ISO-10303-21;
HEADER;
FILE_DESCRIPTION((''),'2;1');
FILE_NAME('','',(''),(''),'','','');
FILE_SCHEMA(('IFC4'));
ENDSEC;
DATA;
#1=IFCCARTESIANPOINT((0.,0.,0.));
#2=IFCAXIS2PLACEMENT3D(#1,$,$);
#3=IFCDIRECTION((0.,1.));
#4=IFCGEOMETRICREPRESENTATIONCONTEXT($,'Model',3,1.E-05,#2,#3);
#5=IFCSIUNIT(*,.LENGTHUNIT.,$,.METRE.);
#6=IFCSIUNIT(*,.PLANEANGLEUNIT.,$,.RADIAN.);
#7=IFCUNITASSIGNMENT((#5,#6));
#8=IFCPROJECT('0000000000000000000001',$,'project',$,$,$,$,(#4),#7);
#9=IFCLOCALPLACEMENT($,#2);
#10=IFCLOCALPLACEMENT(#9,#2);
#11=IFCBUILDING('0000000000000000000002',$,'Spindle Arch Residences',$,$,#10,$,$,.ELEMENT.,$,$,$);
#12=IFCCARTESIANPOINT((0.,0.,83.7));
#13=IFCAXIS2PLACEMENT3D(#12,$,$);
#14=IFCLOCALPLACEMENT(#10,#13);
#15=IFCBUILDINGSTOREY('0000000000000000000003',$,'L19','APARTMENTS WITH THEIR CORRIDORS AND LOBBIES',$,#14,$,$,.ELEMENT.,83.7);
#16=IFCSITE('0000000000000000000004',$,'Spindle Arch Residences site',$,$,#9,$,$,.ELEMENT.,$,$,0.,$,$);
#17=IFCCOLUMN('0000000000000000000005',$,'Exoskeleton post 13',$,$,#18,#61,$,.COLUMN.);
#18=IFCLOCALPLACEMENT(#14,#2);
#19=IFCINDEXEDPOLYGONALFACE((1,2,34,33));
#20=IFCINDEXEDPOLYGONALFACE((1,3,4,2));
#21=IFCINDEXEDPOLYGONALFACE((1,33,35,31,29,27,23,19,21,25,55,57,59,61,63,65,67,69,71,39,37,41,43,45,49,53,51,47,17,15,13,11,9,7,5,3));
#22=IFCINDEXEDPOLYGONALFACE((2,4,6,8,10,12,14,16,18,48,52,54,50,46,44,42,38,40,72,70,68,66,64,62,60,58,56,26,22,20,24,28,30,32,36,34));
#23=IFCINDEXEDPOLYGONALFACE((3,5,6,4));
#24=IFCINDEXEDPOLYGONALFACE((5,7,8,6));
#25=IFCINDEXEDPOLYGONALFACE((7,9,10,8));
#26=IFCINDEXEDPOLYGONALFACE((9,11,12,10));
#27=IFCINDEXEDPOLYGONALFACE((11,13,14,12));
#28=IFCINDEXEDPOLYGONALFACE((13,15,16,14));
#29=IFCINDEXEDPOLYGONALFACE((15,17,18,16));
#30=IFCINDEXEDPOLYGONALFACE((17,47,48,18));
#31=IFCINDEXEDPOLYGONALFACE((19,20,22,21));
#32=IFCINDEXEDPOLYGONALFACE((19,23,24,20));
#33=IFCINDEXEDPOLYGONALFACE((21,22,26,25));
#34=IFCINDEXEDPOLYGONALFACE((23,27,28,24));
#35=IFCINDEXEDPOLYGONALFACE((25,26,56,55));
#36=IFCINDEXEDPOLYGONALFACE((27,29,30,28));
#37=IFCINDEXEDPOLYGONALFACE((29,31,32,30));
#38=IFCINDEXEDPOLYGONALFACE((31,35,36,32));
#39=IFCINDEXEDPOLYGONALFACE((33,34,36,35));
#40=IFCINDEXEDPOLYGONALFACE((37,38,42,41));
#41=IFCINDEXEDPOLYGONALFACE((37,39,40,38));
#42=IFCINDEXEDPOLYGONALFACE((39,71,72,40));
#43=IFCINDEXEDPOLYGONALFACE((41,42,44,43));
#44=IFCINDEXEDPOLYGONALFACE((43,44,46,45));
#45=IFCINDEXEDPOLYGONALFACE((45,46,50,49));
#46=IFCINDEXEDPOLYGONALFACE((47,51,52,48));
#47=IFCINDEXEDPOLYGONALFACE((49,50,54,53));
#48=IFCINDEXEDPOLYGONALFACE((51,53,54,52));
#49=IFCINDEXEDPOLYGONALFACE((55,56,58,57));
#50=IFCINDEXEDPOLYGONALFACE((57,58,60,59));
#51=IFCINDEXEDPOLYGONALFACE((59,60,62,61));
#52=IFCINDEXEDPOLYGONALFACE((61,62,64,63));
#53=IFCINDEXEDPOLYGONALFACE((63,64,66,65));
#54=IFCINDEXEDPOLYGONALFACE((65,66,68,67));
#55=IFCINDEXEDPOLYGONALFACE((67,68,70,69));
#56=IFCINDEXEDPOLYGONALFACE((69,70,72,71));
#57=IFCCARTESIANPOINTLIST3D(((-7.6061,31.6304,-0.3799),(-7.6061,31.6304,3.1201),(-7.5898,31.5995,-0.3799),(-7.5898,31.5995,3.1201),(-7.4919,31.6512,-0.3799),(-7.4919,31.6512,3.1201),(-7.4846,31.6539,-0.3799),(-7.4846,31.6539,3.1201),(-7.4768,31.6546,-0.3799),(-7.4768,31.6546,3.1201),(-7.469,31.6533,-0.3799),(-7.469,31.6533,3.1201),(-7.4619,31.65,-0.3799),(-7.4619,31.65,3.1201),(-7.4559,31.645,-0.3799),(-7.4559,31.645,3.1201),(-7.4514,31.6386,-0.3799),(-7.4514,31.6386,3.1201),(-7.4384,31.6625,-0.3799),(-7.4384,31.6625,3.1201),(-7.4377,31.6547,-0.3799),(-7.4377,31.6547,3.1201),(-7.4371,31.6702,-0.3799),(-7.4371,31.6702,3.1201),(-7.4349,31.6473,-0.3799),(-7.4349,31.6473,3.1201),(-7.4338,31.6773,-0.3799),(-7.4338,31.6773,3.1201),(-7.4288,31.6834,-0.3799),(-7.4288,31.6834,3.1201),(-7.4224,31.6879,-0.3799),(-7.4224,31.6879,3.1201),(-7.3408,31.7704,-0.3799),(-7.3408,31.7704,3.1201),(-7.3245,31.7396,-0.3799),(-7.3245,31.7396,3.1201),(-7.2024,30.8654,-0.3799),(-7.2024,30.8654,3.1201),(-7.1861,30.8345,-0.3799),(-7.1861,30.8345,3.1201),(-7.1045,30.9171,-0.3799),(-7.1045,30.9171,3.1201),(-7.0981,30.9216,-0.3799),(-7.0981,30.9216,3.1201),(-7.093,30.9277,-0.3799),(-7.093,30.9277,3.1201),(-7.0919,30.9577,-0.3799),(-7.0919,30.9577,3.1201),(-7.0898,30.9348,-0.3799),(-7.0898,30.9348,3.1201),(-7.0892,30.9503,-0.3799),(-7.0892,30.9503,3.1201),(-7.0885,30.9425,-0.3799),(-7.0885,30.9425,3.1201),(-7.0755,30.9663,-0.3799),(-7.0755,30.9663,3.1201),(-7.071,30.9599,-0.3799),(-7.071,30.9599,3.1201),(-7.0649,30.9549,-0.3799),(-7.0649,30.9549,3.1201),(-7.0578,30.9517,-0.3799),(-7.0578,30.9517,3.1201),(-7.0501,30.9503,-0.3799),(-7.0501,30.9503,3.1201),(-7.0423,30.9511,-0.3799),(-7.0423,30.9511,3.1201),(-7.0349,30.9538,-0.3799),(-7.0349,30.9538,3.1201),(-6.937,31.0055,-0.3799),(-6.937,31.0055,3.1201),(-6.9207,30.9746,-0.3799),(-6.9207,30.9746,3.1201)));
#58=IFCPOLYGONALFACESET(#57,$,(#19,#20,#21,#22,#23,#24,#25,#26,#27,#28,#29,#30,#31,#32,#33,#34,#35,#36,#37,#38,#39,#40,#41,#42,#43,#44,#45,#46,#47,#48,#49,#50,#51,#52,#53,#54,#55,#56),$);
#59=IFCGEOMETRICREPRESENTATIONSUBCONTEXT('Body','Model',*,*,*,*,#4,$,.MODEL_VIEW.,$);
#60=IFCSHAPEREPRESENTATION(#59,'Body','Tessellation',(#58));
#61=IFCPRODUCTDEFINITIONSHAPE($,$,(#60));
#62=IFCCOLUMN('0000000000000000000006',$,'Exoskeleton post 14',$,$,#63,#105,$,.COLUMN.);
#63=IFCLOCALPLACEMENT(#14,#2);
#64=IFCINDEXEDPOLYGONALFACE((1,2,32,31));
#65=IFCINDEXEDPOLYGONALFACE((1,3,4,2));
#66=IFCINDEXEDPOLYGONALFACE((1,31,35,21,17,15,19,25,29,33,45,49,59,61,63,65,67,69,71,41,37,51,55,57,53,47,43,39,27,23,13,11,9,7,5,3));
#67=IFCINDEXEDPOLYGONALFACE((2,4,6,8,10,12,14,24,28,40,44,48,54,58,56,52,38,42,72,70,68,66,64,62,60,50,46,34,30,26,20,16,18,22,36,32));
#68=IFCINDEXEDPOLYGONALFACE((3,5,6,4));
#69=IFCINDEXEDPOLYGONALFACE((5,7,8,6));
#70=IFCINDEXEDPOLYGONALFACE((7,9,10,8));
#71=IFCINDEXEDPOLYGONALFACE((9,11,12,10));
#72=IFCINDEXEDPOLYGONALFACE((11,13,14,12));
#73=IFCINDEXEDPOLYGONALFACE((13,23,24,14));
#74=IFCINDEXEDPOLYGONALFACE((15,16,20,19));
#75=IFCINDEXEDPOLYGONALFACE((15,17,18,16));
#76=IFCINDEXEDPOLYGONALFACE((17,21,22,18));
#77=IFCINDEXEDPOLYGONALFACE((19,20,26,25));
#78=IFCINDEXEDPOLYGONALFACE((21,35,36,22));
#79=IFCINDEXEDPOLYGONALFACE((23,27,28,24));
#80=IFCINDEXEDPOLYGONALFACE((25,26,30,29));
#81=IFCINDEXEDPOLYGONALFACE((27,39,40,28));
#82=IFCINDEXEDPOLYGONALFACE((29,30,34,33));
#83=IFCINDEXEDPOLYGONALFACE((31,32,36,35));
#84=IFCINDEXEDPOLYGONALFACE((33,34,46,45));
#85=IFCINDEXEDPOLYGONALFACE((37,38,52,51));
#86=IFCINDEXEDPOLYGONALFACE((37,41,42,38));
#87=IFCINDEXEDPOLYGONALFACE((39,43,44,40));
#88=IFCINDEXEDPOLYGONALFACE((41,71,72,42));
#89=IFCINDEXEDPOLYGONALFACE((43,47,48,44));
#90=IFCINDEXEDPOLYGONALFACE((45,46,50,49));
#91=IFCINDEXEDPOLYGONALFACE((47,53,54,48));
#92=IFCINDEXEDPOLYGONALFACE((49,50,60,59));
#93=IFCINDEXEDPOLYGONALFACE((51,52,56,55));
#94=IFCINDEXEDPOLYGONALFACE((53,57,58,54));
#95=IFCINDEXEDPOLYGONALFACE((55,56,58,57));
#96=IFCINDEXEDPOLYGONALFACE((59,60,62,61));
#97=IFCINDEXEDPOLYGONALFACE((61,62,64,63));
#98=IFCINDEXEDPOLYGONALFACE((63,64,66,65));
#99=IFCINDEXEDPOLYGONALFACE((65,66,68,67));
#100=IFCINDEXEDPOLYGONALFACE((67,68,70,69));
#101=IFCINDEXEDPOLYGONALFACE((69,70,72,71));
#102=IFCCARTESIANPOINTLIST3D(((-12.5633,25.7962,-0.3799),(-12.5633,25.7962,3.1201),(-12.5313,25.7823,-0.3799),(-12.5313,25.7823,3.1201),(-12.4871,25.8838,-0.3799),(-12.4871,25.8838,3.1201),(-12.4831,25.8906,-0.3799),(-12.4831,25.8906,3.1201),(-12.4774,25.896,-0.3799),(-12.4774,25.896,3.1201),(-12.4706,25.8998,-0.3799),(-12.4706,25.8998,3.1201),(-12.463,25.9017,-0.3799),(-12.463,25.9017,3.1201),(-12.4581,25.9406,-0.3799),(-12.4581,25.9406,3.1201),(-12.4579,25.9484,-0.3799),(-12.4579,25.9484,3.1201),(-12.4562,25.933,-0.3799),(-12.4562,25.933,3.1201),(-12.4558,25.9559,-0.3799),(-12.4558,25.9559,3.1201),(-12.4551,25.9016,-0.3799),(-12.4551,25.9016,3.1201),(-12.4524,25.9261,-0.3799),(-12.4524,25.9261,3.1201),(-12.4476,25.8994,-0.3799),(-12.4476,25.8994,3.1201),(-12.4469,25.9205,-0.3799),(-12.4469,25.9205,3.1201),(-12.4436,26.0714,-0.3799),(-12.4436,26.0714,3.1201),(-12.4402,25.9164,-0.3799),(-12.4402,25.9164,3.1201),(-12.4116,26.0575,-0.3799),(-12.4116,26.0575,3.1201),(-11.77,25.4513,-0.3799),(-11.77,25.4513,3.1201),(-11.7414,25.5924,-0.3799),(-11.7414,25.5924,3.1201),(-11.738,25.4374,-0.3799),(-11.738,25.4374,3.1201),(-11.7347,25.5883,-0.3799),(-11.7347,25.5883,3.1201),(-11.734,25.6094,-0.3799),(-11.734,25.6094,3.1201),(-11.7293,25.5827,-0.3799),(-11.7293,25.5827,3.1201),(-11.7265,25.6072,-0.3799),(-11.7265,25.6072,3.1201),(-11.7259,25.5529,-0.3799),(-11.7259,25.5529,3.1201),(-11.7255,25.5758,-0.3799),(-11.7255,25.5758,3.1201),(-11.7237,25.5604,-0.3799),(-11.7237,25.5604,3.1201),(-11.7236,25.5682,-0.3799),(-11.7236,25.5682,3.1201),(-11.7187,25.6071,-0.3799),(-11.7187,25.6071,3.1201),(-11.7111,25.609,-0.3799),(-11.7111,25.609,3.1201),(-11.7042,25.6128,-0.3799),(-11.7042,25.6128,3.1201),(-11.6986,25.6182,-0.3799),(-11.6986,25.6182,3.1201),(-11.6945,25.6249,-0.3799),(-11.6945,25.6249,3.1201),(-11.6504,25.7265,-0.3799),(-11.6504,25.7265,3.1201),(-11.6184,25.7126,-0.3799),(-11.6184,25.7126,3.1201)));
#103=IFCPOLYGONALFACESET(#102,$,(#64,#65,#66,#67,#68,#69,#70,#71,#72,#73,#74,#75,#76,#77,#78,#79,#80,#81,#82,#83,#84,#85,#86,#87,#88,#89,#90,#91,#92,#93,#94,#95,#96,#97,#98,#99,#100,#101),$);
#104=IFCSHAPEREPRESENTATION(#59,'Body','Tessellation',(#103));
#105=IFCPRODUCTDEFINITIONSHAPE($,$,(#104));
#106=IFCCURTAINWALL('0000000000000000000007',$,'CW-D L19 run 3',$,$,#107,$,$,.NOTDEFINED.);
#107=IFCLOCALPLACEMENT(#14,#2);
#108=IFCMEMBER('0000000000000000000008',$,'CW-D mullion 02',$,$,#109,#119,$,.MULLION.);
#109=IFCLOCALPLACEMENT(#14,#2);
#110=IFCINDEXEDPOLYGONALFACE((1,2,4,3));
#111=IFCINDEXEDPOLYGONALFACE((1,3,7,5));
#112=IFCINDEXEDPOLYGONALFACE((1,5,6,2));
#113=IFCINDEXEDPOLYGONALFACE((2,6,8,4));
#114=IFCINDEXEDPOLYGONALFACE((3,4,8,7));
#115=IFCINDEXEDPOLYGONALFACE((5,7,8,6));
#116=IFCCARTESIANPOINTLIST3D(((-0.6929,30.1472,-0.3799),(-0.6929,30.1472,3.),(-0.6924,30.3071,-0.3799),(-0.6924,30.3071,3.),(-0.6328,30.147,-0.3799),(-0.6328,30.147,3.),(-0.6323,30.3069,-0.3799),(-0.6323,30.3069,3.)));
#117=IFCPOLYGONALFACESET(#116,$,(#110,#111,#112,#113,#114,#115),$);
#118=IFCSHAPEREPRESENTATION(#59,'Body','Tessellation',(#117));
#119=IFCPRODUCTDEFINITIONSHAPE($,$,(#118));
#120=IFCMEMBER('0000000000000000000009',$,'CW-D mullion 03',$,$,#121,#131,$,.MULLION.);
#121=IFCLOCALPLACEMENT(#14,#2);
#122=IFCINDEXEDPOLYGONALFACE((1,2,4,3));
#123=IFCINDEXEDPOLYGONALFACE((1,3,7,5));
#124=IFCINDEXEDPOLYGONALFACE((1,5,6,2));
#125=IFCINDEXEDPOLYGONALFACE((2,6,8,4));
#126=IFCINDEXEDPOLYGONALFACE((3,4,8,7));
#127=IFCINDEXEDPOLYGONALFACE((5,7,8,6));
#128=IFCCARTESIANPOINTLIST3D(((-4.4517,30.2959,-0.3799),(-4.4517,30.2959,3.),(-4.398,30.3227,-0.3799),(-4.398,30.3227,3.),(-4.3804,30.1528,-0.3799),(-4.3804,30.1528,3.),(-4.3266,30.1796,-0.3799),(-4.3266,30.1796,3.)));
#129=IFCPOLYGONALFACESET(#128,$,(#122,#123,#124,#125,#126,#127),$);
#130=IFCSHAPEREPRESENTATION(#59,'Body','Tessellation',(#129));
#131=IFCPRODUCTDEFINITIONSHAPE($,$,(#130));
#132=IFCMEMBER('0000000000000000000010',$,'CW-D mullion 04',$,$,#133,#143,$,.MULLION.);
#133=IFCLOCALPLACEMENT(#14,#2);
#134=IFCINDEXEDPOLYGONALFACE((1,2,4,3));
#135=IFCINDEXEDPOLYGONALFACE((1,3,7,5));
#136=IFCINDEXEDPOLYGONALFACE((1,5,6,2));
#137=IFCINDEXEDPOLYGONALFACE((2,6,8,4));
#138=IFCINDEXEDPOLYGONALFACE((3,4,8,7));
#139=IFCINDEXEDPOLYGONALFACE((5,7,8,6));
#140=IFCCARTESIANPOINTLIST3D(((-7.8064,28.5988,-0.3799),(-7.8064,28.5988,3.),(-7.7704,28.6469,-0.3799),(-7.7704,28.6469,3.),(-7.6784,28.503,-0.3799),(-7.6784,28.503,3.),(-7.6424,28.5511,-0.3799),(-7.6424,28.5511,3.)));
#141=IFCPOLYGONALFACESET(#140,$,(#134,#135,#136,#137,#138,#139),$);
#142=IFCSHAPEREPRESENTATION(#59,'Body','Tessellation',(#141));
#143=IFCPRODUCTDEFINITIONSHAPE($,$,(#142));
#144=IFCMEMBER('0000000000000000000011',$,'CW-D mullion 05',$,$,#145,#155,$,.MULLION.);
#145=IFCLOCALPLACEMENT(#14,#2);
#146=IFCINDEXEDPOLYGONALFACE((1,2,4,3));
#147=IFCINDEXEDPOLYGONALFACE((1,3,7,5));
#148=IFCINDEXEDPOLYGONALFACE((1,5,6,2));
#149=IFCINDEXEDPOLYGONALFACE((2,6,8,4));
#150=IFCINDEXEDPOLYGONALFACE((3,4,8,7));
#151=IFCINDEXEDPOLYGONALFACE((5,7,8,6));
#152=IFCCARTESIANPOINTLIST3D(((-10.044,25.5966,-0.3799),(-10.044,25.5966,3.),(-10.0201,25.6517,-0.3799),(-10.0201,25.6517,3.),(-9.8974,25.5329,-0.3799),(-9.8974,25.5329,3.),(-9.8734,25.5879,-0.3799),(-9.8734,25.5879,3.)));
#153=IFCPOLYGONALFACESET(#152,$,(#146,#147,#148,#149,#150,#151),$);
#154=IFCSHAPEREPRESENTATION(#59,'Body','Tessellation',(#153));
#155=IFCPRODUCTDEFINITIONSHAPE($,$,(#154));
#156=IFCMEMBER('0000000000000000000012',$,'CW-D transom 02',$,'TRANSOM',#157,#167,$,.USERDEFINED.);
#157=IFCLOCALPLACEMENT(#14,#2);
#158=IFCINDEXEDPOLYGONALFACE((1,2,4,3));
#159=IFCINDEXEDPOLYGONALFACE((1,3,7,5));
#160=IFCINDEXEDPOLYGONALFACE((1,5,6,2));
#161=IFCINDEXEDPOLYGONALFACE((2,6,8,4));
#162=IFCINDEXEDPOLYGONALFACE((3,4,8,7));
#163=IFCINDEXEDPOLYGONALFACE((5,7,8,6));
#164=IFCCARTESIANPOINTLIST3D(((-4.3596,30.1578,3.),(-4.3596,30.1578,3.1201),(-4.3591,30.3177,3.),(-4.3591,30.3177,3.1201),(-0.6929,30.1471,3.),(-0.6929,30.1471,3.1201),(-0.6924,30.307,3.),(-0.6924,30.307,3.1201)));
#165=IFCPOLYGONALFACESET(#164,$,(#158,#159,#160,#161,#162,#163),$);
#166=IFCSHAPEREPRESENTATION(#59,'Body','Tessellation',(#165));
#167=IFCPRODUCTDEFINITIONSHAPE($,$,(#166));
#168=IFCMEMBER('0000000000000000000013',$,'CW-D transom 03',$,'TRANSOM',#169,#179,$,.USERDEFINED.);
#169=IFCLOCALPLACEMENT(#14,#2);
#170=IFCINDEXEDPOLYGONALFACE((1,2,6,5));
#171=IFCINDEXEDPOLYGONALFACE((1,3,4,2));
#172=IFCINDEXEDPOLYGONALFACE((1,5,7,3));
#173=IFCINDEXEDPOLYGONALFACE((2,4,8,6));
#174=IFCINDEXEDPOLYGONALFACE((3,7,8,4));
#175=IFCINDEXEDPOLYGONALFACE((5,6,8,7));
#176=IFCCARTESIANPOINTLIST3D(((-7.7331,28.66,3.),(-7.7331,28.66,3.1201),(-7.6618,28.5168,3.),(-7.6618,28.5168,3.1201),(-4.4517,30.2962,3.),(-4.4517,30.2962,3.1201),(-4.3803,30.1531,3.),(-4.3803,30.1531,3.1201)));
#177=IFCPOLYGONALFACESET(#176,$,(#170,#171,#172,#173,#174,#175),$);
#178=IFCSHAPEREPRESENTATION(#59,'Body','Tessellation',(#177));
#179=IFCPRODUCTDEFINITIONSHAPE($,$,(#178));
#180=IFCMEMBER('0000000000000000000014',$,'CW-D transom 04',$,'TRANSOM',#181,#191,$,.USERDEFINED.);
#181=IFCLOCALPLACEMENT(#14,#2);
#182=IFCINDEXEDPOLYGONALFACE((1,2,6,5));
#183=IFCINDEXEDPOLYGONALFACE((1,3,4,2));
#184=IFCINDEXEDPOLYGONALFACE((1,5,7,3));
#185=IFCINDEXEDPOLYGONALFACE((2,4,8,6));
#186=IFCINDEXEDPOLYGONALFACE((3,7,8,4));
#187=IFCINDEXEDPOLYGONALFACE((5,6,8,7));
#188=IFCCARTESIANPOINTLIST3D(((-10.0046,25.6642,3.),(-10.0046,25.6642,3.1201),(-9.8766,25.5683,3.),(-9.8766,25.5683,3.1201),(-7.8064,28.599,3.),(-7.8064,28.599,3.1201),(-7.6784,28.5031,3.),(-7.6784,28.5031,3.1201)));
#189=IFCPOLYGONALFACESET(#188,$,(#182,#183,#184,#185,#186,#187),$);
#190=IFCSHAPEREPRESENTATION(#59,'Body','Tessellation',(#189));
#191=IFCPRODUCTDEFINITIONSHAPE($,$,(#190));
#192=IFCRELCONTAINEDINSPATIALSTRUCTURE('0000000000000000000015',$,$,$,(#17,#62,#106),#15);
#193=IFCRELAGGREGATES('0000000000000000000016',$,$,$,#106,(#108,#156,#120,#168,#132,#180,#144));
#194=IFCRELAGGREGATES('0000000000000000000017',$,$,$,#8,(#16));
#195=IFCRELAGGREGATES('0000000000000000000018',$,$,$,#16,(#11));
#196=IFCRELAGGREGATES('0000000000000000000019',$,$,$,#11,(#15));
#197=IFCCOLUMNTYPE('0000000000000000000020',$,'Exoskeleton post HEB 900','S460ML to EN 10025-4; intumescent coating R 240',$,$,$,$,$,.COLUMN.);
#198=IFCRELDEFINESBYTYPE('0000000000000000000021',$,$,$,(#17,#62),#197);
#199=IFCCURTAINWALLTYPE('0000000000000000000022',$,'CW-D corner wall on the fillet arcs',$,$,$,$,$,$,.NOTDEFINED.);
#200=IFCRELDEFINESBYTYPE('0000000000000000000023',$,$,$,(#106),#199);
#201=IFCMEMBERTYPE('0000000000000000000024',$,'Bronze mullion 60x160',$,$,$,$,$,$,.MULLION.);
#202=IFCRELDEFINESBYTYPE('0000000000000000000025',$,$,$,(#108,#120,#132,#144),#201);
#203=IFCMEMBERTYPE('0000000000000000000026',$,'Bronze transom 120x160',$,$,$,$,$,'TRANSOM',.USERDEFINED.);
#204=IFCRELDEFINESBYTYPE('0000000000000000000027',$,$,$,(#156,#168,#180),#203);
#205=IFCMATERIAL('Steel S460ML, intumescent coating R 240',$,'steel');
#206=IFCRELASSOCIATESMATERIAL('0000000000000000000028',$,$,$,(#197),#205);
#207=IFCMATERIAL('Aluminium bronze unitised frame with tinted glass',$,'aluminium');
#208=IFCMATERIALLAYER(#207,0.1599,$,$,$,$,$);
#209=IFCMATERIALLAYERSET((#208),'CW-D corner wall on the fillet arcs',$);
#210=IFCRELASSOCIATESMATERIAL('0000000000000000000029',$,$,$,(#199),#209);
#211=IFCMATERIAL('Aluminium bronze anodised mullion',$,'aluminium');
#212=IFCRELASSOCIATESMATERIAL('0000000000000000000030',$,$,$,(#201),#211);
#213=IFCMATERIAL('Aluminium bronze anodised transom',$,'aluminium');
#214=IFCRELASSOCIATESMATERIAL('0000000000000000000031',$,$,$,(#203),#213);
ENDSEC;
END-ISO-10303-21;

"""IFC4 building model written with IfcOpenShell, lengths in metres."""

from ifc_helpers import new_model, si_unit, direction, frame, origin, origin_2d, place, context, subcontext, project, spatial, rectangle, i_section, extrude, material, layer, layer_set, material_profile, profile_set, type_object, element, aggregate, save


model = new_model("IFC4")

# Units and contexts
model_context = context("Model", 3, precision=1e-05, world=origin(), true_north=direction((0.0, 1.0)))
body_context = subcontext(model_context, "Body", "Model", "MODEL_VIEW")
ifc_project = project(units=[si_unit("LENGTHUNIT", "METRE"), si_unit("PLANEANGLEUNIT", "RADIAN")], contexts=[model_context])

# Site, building, storey
site_placement = place(None, origin())
site = spatial("IfcSite", under=ifc_project, at=site_placement, Name="Spindle Arch Residences site", CompositionType="ELEMENT", RefElevation=0.0)
building_placement = place(site_placement, origin())
building = spatial("IfcBuilding", under=site, at=building_placement, Name="Spindle Arch Residences", CompositionType="ELEMENT")
storey_placement = place(building_placement, frame((0.0, 0.0, 83.7)))
storey = spatial("IfcBuildingStorey", under=building, at=storey_placement, Name="L19", Description="APARTMENTS WITH THEIR CORRIDORS AND LOBBIES", CompositionType="ELEMENT", Elevation=83.7)

# Columns
ifc_material_1 = material(Name="Steel S460ML, intumescent coating R 240", Category="steel")
ifc_material_profile_1 = material_profile(ifc_material_1, i_section(OverallWidth=0.3, OverallDepth=0.8999, WebThickness=0.0186, FlangeThickness=0.0349, FilletRadius=0.03, at=origin_2d()), Name="HEB 900")
ifc_profile_set_1 = profile_set([ifc_material_profile_1], Name="Steel S460ML, intumescent coating R 240")
column_type = type_object("IfcColumnType", Name="Exoskeleton post HEB 900", Description="S460ML to EN 10025-4; intumescent coating R 240", PredefinedType="COLUMN", material=ifc_profile_set_1)
for number, where, z_axis, x_axis, name in (
    (1, (-7.2634, 31.3025, -0.3799), (0.0, 0.0, 1.0), (0.884365, 0.466797, 0.0), "Exoskeleton post 13"),
    (2, (-12.0908, 25.7544, -0.3799), (0.0, 0.0, 1.0), (0.398749, 0.91706, 0.0), "Exoskeleton post 14"),
):
    element("IfcColumn", number, at=place(storey_placement, frame(where, z_axis=z_axis, x_axis=x_axis)), inside=storey, type_object=column_type, Name=name, PredefinedType="COLUMN", context=body_context, shape_type="SweptSolid", body=[
        extrude(i_section(OverallWidth=0.3, OverallDepth=0.8999, WebThickness=0.0186, FlangeThickness=0.0349, FilletRadius=0.03, at=origin_2d()), origin(), (0.0, 0.0, 1.0), 3.5),
    ])

# Curtain wall, members
ifc_material_2 = material(Name="Aluminium bronze unitised frame with tinted glass", Category="aluminium")
ifc_layer_1 = layer(ifc_material_2, 0.1599)
ifc_layer_set_1 = layer_set([ifc_layer_1], Name="CW-D corner wall on the fillet arcs")
curtain_wall_type = type_object("IfcCurtainWallType", Name="CW-D corner wall on the fillet arcs", PredefinedType="NOTDEFINED", material=ifc_layer_set_1)
curtain_wall_placement = place(storey_placement, origin())
curtain_wall = element("IfcCurtainWall", 3, at=curtain_wall_placement, inside=storey, type_object=curtain_wall_type, Name="CW-D L19 run 3", PredefinedType="NOTDEFINED")
ifc_material_3 = material(Name="Aluminium bronze anodised mullion", Category="aluminium")
ifc_material_profile_2 = material_profile(ifc_material_3, rectangle(XDim=0.1599, YDim=0.0601, at=origin_2d()), Name="MU 60x160")
ifc_profile_set_2 = profile_set([ifc_material_profile_2], Name="Aluminium bronze anodised mullion")
member_type_1 = type_object("IfcMemberType", Name="Bronze mullion 60x160", PredefinedType="MULLION", material=ifc_profile_set_2)
member_1_placement = place(storey_placement, frame((-0.6626, 30.2271, -0.3799), z_axis=(0.0, 0.0, 1.0), x_axis=(-0.002909, -0.999996, 0.0)))
member_1 = element("IfcMember", 4, at=member_1_placement, type_object=member_type_1, Name="CW-D mullion 02", PredefinedType="MULLION", context=body_context, shape_type="SweptSolid", body=[
    extrude(rectangle(XDim=0.1599, YDim=0.0601, at=origin_2d()), origin(), (0.0, 0.0, 1.0), 3.3799),
])
member_2_placement = place(storey_placement, frame((-4.3892, 30.2378, -0.3799), z_axis=(0.0, 0.0, 1.0), x_axis=(0.446198, -0.894934, 0.0)))
member_2 = element("IfcMember", 5, at=member_2_placement, type_object=member_type_1, Name="CW-D mullion 03", PredefinedType="MULLION", context=body_context, shape_type="SweptSolid", body=[
    extrude(rectangle(XDim=0.1599, YDim=0.0601, at=origin_2d()), origin(), (0.0, 0.0, 1.0), 3.3799),
])
member_3_placement = place(storey_placement, frame((-7.7244, 28.575, -0.3799), z_axis=(0.0, 0.0, 1.0), x_axis=(0.800383, -0.599489, 0.0)))
member_3 = element("IfcMember", 6, at=member_3_placement, type_object=member_type_1, Name="CW-D mullion 04", PredefinedType="MULLION", context=body_context, shape_type="SweptSolid", body=[
    extrude(rectangle(XDim=0.1599, YDim=0.0601, at=origin_2d()), origin(), (0.0, 0.0, 1.0), 3.3799),
])
member_4_placement = place(storey_placement, frame((-9.9587, 25.5923, -0.3799), z_axis=(0.0, 0.0, 1.0), x_axis=(0.91706, -0.398749, 0.0)))
member_4 = element("IfcMember", 7, at=member_4_placement, type_object=member_type_1, Name="CW-D mullion 05", PredefinedType="MULLION", context=body_context, shape_type="SweptSolid", body=[
    extrude(rectangle(XDim=0.1599, YDim=0.0601, at=origin_2d()), origin(), (0.0, 0.0, 1.0), 3.3799),
])
ifc_material_4 = material(Name="Aluminium bronze anodised transom", Category="aluminium")
ifc_material_profile_3 = material_profile(ifc_material_4, rectangle(XDim=0.1599, YDim=0.1201, at=origin_2d()), Name="TR 120x160")
ifc_profile_set_3 = profile_set([ifc_material_profile_3], Name="Aluminium bronze anodised transom")
member_type_2 = type_object("IfcMemberType", Name="Bronze transom 120x160", ElementType="TRANSOM", PredefinedType="USERDEFINED", material=ifc_profile_set_3)
member_5_placement = place(storey_placement, frame((-0.6926, 30.2271, 3.0601), z_axis=(-0.999996, 0.00293, 0.0), x_axis=(-0.00293, -0.999996, 0.0)))
member_5 = element("IfcMember", 8, at=member_5_placement, type_object=member_type_2, Name="CW-D transom 02", ObjectType="TRANSOM", PredefinedType="USERDEFINED", context=body_context, shape_type="SweptSolid", body=[
    extrude(rectangle(XDim=0.1599, YDim=0.1201, at=origin_2d()), origin(), (0.0, 0.0, 1.0), 3.6667),
])
member_6_placement = place(storey_placement, frame((-4.416, 30.2246, 3.0601), z_axis=(-0.894919, -0.446228, 0.0), x_axis=(0.446228, -0.894919, 0.0)))
member_6 = element("IfcMember", 9, at=member_6_placement, type_object=member_type_2, Name="CW-D transom 03", ObjectType="TRANSOM", PredefinedType="USERDEFINED", context=body_context, shape_type="SweptSolid", body=[
    extrude(rectangle(XDim=0.1599, YDim=0.1201, at=origin_2d()), origin(), (0.0, 0.0, 1.0), 3.6667),
])
member_7_placement = place(storey_placement, frame((-7.7424, 28.551, 3.0601), z_axis=(-0.599499, -0.800375, 0.0), x_axis=(0.800375, -0.599499, 0.0)))
member_7 = element("IfcMember", 10, at=member_7_placement, type_object=member_type_2, Name="CW-D transom 04", ObjectType="TRANSOM", PredefinedType="USERDEFINED", context=body_context, shape_type="SweptSolid", body=[
    extrude(rectangle(XDim=0.1599, YDim=0.1201, at=origin_2d()), origin(), (0.0, 0.0, 1.0), 3.6667),
])

aggregate(curtain_wall, [member_1, member_5, member_2, member_6, member_3, member_7, member_4])

save(model, "model.ifc")
